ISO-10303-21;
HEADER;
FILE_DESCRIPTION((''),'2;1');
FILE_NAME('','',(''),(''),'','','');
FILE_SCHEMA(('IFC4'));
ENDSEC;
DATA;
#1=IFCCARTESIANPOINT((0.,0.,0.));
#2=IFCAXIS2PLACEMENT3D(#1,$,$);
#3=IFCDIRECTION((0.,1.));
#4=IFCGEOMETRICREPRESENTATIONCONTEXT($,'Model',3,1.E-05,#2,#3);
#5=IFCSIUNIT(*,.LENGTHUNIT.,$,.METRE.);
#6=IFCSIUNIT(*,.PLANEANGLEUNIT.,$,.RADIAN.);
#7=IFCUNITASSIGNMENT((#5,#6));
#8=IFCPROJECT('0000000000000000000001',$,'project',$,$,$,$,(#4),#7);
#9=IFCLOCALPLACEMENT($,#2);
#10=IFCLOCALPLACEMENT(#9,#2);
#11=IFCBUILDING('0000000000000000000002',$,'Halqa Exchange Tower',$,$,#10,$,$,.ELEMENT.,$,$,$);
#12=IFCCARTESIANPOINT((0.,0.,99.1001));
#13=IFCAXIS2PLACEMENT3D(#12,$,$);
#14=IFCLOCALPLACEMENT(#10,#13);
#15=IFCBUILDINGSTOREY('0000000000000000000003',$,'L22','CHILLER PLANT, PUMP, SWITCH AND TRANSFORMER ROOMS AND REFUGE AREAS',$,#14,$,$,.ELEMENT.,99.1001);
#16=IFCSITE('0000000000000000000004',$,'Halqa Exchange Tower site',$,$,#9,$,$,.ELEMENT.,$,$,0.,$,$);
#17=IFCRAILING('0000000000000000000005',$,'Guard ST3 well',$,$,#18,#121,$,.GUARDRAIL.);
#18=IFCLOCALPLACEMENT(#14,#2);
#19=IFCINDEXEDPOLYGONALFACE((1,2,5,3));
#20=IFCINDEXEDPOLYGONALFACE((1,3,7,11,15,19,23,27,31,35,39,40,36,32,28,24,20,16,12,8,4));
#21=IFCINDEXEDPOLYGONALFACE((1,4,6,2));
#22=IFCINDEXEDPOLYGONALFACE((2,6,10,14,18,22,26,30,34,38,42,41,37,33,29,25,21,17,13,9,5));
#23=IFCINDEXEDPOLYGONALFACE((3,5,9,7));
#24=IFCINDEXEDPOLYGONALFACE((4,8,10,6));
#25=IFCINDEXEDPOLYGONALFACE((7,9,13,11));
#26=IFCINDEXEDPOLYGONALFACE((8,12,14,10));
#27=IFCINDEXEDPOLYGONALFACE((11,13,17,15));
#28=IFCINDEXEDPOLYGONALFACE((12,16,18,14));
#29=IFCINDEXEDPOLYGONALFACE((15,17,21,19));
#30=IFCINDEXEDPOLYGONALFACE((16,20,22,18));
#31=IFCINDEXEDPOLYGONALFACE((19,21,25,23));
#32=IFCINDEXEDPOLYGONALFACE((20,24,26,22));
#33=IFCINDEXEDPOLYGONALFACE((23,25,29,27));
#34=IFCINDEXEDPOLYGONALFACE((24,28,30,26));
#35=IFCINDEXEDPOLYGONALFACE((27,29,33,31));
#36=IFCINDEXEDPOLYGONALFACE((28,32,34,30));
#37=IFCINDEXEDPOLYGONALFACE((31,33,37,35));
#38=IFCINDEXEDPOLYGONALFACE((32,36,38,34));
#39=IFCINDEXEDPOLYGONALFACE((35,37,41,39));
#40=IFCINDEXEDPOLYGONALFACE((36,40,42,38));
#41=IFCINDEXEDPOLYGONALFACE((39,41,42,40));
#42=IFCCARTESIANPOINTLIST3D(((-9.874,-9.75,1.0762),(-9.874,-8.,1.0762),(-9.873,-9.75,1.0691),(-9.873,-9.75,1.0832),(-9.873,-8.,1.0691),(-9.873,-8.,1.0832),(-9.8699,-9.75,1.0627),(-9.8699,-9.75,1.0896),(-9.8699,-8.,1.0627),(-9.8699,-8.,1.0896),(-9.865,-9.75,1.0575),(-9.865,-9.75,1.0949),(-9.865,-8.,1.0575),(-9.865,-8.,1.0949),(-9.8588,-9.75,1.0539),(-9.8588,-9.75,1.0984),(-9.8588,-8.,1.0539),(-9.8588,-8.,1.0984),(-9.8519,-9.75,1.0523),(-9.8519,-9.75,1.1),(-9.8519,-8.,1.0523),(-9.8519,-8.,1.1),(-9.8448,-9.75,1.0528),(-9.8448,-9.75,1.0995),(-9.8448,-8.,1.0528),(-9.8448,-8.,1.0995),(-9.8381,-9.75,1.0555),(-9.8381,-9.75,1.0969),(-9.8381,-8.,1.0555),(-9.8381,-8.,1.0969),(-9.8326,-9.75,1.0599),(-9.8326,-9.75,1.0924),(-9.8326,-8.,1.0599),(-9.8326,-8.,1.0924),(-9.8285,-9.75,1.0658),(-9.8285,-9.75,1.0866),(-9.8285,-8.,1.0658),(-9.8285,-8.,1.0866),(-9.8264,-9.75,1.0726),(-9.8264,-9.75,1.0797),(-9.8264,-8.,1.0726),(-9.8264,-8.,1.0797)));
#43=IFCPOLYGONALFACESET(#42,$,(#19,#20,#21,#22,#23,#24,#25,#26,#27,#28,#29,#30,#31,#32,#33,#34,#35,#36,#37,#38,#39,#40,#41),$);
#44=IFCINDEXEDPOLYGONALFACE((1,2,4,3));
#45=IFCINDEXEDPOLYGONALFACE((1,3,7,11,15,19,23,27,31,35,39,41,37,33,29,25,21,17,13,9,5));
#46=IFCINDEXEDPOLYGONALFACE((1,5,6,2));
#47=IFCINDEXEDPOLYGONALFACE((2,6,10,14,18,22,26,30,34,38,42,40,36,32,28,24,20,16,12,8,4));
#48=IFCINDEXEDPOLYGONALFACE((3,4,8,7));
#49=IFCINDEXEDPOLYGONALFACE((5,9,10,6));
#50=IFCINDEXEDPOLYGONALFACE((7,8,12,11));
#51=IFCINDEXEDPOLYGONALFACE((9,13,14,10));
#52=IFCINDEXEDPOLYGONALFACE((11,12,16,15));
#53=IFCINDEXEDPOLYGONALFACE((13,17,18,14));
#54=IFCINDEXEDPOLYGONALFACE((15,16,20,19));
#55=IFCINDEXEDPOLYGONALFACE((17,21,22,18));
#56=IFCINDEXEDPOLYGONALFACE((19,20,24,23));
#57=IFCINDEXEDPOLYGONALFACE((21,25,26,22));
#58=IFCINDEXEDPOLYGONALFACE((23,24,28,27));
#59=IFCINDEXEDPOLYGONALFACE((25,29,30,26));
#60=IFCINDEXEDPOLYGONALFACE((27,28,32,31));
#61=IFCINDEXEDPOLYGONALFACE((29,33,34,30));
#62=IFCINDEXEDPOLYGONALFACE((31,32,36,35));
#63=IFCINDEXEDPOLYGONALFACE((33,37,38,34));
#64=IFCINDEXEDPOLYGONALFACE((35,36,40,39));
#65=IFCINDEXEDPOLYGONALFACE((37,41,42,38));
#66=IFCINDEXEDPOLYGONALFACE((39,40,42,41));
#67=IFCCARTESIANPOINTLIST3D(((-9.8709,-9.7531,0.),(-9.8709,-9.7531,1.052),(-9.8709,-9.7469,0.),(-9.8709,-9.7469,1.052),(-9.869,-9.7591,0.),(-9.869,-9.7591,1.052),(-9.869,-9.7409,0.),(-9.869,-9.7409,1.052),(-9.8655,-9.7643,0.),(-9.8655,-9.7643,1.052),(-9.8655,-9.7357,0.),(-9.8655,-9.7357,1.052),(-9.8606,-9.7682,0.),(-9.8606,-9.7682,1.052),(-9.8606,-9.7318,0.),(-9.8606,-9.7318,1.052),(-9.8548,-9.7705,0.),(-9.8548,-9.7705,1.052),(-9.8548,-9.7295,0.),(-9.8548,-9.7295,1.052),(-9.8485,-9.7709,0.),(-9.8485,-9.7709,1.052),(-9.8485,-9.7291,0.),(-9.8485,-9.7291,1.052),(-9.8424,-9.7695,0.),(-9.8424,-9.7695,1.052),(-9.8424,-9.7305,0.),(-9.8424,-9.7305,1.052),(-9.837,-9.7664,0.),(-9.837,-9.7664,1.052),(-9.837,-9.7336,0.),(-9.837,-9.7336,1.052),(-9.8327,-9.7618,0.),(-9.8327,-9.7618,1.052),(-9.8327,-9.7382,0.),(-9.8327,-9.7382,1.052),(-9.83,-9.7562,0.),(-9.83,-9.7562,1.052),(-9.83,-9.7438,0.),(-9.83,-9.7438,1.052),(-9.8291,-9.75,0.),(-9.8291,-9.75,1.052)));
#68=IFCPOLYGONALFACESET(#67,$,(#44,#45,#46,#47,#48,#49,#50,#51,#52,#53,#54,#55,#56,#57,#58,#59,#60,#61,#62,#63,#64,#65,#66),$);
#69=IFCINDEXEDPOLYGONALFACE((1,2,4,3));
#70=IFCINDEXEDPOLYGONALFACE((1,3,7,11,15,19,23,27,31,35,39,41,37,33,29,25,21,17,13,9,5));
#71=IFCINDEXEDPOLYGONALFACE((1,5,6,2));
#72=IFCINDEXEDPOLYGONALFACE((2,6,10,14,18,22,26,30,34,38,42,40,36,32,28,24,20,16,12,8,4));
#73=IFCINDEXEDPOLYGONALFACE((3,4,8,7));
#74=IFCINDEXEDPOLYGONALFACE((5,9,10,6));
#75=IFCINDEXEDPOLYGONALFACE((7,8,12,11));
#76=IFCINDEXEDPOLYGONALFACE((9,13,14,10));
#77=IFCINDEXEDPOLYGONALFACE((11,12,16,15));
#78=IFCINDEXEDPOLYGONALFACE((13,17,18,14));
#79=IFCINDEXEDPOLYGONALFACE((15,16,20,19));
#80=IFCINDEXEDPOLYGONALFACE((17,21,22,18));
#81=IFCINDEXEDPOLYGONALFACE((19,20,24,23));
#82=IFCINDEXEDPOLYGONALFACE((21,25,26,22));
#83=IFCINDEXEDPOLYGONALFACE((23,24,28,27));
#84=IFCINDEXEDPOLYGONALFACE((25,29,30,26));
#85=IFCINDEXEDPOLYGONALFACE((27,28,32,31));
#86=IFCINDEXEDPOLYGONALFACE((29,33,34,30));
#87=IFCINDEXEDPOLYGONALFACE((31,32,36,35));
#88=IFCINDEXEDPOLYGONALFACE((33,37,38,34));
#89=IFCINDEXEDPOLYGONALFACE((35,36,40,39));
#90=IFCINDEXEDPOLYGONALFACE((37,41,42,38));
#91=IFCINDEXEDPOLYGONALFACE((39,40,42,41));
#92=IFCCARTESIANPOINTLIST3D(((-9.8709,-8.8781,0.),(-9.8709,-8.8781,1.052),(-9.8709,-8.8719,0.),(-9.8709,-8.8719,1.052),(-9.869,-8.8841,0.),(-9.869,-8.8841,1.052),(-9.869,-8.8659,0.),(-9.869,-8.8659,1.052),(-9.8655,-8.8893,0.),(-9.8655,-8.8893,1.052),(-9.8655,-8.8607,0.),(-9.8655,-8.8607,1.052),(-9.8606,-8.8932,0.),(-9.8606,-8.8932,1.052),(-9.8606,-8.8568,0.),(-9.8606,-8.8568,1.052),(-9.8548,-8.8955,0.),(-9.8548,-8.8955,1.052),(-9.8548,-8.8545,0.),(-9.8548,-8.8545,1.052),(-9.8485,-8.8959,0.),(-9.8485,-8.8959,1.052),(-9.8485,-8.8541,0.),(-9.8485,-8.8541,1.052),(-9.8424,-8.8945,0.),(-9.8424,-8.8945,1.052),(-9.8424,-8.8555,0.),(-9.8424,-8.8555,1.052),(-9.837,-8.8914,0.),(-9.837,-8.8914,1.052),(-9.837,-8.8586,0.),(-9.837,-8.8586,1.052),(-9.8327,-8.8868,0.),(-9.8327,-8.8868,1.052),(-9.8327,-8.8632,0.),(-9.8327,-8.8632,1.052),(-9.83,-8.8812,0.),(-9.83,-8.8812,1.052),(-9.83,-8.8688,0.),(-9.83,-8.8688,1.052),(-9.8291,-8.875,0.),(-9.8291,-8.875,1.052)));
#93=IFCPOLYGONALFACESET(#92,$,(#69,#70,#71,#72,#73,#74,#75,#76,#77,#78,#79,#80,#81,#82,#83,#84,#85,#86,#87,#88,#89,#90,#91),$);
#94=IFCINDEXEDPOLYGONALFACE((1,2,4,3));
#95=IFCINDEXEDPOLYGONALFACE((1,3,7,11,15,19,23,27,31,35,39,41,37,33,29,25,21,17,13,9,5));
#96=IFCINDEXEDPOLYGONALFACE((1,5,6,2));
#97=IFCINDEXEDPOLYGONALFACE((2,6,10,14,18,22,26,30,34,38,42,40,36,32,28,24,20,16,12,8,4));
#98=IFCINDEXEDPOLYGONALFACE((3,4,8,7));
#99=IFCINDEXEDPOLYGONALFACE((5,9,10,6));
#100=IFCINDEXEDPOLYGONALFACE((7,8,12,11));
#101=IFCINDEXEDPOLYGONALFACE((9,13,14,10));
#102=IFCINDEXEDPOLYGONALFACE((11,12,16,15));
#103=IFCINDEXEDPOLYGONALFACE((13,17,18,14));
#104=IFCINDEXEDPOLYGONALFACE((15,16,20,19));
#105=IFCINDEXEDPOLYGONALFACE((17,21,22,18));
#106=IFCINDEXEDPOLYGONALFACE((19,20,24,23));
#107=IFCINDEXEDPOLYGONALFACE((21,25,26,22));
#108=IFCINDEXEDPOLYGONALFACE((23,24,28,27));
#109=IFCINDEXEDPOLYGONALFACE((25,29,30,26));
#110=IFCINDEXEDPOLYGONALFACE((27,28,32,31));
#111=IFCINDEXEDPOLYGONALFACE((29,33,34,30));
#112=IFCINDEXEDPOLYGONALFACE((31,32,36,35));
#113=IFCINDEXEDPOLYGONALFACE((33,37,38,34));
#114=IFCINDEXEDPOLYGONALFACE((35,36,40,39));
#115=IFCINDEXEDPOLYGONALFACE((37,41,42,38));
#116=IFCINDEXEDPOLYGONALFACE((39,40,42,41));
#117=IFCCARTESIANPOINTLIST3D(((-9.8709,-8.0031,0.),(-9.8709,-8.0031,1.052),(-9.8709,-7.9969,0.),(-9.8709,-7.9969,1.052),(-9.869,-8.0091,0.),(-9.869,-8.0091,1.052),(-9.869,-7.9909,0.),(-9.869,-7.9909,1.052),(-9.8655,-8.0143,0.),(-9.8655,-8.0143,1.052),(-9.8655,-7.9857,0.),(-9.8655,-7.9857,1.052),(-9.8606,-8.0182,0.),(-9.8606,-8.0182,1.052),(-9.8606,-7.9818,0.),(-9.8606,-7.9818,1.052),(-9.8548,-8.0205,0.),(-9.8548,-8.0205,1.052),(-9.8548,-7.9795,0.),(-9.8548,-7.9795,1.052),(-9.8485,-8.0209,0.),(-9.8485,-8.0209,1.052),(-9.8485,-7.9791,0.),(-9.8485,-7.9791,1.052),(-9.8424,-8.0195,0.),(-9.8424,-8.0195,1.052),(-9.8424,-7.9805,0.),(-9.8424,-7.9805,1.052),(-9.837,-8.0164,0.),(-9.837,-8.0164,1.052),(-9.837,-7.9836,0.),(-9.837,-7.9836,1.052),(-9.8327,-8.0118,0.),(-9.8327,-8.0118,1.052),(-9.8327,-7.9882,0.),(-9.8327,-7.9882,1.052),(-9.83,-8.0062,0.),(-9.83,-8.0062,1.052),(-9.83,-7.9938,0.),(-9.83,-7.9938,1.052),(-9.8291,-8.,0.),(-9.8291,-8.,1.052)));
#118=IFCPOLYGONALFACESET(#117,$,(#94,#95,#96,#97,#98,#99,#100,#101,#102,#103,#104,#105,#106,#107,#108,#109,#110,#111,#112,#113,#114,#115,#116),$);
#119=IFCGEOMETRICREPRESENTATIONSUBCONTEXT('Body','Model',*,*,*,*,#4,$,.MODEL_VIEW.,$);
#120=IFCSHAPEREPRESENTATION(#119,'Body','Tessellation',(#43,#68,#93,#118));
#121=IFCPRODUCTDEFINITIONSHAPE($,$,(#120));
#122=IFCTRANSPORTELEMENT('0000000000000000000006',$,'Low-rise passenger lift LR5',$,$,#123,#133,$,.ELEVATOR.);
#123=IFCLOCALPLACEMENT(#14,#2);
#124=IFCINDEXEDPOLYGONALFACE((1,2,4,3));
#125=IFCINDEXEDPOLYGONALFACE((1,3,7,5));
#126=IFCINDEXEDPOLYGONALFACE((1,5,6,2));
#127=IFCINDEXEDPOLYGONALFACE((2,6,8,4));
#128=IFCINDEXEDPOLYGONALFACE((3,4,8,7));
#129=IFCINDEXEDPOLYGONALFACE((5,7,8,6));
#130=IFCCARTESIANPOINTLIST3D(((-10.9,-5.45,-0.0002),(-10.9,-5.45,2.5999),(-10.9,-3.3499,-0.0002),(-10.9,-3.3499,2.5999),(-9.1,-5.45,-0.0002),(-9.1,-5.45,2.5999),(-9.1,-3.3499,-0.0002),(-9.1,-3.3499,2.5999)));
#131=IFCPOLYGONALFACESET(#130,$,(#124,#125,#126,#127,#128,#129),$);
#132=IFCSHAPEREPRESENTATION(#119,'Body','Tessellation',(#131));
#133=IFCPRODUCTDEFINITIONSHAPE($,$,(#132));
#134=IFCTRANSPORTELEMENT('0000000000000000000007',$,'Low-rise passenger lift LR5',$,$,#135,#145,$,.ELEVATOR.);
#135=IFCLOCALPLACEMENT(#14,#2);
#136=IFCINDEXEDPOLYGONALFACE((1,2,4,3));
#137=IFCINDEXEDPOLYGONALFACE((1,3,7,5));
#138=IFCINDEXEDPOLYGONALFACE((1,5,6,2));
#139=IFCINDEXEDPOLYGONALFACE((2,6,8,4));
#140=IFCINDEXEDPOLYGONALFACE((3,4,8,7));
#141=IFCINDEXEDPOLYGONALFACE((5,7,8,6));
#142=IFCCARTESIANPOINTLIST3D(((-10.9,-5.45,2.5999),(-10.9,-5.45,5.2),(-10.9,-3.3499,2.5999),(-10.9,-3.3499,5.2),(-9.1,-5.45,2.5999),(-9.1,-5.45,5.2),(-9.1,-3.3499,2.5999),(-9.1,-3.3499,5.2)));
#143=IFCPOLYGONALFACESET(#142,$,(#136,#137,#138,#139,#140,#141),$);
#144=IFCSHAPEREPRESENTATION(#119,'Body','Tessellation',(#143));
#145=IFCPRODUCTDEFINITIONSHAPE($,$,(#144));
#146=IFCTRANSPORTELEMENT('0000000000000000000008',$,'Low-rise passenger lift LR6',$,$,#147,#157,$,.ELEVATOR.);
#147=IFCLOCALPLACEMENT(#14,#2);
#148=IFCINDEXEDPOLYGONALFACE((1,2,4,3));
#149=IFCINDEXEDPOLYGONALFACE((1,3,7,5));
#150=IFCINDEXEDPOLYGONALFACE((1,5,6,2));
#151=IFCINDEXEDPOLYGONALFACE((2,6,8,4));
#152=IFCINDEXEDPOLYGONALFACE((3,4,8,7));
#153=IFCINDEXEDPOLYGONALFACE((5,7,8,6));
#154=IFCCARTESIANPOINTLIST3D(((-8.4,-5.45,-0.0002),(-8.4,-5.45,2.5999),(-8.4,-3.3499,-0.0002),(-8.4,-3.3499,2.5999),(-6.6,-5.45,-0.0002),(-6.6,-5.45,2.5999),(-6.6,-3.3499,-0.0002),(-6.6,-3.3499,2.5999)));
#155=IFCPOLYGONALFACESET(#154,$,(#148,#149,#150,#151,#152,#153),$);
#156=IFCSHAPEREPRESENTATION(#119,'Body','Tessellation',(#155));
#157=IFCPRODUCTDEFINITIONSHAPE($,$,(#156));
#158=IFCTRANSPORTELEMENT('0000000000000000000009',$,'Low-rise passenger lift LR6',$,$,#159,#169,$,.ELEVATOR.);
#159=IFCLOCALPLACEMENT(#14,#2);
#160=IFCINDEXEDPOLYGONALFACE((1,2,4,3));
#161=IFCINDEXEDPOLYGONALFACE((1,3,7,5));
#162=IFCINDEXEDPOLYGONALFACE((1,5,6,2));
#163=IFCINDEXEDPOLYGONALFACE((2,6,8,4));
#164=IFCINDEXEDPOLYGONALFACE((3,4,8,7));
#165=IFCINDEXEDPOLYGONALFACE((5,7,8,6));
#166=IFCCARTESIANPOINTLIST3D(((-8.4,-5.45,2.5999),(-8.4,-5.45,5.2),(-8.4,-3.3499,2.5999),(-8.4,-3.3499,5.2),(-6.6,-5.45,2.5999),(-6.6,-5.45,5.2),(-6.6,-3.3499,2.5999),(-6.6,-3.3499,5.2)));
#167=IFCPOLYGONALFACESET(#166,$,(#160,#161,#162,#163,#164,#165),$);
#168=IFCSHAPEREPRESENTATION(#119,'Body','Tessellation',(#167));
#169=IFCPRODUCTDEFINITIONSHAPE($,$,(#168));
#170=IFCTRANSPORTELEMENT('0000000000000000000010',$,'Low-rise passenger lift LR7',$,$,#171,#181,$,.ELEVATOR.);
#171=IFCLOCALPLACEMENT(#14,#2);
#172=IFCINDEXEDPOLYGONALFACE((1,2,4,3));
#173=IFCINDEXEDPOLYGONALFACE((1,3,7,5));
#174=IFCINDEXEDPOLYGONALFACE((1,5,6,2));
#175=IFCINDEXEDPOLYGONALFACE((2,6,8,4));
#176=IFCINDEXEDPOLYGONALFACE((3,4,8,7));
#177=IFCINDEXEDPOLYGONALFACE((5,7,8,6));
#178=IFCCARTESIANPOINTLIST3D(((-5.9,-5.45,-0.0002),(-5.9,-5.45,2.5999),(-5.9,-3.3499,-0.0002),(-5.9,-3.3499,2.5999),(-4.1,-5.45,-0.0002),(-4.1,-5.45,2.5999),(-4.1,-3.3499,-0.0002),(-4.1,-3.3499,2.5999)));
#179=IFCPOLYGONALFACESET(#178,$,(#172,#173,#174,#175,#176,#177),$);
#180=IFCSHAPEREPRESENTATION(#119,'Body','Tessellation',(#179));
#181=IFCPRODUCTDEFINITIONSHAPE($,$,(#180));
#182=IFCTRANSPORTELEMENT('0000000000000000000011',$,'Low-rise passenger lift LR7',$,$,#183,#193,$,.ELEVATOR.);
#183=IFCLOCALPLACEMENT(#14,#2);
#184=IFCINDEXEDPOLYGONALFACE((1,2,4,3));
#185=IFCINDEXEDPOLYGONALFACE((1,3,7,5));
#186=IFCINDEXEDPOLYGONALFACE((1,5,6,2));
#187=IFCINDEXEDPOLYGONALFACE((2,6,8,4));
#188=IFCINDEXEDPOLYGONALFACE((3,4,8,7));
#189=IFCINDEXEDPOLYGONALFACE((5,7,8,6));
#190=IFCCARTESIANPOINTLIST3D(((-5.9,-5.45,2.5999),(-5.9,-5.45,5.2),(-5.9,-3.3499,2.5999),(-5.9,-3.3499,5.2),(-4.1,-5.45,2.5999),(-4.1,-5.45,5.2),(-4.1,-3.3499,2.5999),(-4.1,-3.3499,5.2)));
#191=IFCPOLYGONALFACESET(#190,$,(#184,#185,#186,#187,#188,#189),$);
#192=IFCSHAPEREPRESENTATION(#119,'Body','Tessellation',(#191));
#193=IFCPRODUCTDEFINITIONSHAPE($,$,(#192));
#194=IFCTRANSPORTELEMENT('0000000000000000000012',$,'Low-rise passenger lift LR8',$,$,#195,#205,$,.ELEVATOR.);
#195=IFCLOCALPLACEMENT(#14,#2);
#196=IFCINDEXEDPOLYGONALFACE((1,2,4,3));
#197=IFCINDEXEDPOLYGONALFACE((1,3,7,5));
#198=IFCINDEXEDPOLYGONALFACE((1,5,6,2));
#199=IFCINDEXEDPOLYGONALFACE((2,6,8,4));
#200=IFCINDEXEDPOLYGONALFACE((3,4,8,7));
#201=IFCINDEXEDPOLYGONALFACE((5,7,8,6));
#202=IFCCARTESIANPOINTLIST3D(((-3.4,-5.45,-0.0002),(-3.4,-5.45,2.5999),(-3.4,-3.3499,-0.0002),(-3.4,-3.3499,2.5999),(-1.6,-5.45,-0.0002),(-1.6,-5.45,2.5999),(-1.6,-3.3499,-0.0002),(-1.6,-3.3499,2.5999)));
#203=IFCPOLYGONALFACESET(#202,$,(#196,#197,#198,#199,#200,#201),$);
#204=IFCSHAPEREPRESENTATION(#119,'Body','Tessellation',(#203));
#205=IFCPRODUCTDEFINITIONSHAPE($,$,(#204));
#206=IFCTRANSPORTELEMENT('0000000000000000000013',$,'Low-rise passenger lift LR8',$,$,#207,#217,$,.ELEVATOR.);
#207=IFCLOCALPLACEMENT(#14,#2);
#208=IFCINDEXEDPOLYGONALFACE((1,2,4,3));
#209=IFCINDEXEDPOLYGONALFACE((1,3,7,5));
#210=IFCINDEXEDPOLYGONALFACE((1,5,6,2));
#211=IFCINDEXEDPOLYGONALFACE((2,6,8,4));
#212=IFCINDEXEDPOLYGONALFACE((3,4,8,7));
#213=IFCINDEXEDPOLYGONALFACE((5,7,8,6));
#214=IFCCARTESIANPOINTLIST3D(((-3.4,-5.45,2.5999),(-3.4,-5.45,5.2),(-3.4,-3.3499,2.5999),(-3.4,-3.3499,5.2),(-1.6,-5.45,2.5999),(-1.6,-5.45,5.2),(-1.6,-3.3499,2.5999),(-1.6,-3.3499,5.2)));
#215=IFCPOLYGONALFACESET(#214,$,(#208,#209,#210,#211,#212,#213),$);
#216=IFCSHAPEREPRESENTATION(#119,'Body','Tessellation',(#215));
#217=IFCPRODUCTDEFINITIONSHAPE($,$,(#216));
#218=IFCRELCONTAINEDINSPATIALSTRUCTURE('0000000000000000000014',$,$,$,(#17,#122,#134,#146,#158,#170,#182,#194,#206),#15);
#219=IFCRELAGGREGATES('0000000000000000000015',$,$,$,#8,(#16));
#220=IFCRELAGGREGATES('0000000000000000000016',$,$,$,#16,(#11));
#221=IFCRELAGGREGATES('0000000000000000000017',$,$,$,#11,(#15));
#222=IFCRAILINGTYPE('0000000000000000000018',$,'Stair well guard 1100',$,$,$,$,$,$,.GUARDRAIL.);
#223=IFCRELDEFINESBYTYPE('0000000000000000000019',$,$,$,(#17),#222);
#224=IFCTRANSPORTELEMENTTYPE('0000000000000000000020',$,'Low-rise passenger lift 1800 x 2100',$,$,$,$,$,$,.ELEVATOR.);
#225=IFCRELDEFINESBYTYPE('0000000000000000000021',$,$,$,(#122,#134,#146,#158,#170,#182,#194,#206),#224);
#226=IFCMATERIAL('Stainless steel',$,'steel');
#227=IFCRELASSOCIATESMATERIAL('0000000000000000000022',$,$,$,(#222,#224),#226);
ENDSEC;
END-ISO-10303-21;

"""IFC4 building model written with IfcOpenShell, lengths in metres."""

from ifc_helpers import new_model, si_unit, direction, frame, origin, origin_2d, place, context, subcontext, project, spatial, rectangle, circle, extrude, material, type_object, element, save


model = new_model("IFC4")

# Units and contexts
model_context = context("Model", 3, precision=1e-05, world=origin(), true_north=direction((0.0, 1.0)))
body_context = subcontext(model_context, "Body", "Model", "MODEL_VIEW")
ifc_project = project(units=[si_unit("LENGTHUNIT", "METRE"), si_unit("PLANEANGLEUNIT", "RADIAN")], contexts=[model_context])

# Site, building, storey
site_placement = place(None, origin())
site = spatial("IfcSite", under=ifc_project, at=site_placement, Name="Halqa Exchange Tower site", CompositionType="ELEMENT", RefElevation=0.0)
building_placement = place(site_placement, origin())
building = spatial("IfcBuilding", under=site, at=building_placement, Name="Halqa Exchange Tower", CompositionType="ELEMENT")
storey_placement = place(building_placement, frame((0.0, 0.0, 99.1001)))
storey = spatial("IfcBuildingStorey", under=building, at=storey_placement, Name="L22", Description="CHILLER PLANT, PUMP, SWITCH AND TRANSFORMER ROOMS AND REFUGE AREAS", CompositionType="ELEMENT", Elevation=99.1001)

# Railing
ifc_material_1 = material(Name="Stainless steel", Category="steel")
railing_type_1 = type_object("IfcRailingType", Name="Stair well guard 1100", PredefinedType="GUARDRAIL", material=ifc_material_1)
railing_1_placement = place(storey_placement, frame((-9.8501, -9.75, 0.0)))
element("IfcRailing", 1, at=railing_1_placement, inside=storey, type_object=railing_type_1, Name="Guard ST3 well", PredefinedType="GUARDRAIL", context=body_context, shape_type="SweptSolid", body=[
    extrude(circle(Radius=0.0239, at=origin_2d()), frame((0.0, 0.0, 1.0762), z_axis=(0.0, 1.0, 0.0), x_axis=(-1.0, 0.0, 0.0)), (0.0, 0.0, 1.0), 1.75),
    extrude(circle(Radius=0.021, at=origin_2d()), origin(), (0.0, 0.0, 1.0), 1.052),
    extrude(circle(Radius=0.021, at=origin_2d()), frame((0.0, 0.875, 0.0)), (0.0, 0.0, 1.0), 1.052),
    extrude(circle(Radius=0.021, at=origin_2d()), frame((0.0, 1.75, 0.0)), (0.0, 0.0, 1.0), 1.052),
])

# Transport elements
transport_element_type = type_object("IfcTransportElementType", Name="Low-rise passenger lift 1800 x 2100", PredefinedType="ELEVATOR", material=ifc_material_1)
for number, where, z_axis, x_axis, name in (
    (2, (-10.0, -4.3999, -0.0002), (0.0, 0.0, 1.0), (1.0, 0.0, 0.0), "Low-rise passenger lift LR5"),
    (3, (-10.0, -4.3999, 2.5999), (0.0, 0.0, 1.0), (1.0, 0.0, 0.0), "Low-rise passenger lift LR5"),
    (4, (-7.5, -4.3999, -0.0002), (0.0, 0.0, 1.0), (1.0, 0.0, 0.0), "Low-rise passenger lift LR6"),
    (5, (-7.5, -4.3999, 2.5999), (0.0, 0.0, 1.0), (1.0, 0.0, 0.0), "Low-rise passenger lift LR6"),
    (6, (-5.0, -4.3999, -0.0002), (0.0, 0.0, 1.0), (1.0, 0.0, 0.0), "Low-rise passenger lift LR7"),
    (7, (-5.0, -4.3999, 2.5999), (0.0, 0.0, 1.0), (1.0, 0.0, 0.0), "Low-rise passenger lift LR7"),
    (8, (-2.5, -4.3999, -0.0002), (0.0, 0.0, 1.0), (1.0, 0.0, 0.0), "Low-rise passenger lift LR8"),
    (9, (-2.5, -4.3999, 2.5999), (0.0, 0.0, 1.0), (1.0, 0.0, 0.0), "Low-rise passenger lift LR8"),
):
    element("IfcTransportElement", number, at=place(storey_placement, frame(where, z_axis=z_axis, x_axis=x_axis)), inside=storey, type_object=transport_element_type, Name=name, PredefinedType="ELEVATOR", context=body_context, shape_type="SweptSolid", body=[
        extrude(rectangle(XDim=1.8, YDim=2.1001, at=origin_2d()), origin(), (0.0, 0.0, 1.0), 2.6001),
    ])

save(model, "model.ifc")
